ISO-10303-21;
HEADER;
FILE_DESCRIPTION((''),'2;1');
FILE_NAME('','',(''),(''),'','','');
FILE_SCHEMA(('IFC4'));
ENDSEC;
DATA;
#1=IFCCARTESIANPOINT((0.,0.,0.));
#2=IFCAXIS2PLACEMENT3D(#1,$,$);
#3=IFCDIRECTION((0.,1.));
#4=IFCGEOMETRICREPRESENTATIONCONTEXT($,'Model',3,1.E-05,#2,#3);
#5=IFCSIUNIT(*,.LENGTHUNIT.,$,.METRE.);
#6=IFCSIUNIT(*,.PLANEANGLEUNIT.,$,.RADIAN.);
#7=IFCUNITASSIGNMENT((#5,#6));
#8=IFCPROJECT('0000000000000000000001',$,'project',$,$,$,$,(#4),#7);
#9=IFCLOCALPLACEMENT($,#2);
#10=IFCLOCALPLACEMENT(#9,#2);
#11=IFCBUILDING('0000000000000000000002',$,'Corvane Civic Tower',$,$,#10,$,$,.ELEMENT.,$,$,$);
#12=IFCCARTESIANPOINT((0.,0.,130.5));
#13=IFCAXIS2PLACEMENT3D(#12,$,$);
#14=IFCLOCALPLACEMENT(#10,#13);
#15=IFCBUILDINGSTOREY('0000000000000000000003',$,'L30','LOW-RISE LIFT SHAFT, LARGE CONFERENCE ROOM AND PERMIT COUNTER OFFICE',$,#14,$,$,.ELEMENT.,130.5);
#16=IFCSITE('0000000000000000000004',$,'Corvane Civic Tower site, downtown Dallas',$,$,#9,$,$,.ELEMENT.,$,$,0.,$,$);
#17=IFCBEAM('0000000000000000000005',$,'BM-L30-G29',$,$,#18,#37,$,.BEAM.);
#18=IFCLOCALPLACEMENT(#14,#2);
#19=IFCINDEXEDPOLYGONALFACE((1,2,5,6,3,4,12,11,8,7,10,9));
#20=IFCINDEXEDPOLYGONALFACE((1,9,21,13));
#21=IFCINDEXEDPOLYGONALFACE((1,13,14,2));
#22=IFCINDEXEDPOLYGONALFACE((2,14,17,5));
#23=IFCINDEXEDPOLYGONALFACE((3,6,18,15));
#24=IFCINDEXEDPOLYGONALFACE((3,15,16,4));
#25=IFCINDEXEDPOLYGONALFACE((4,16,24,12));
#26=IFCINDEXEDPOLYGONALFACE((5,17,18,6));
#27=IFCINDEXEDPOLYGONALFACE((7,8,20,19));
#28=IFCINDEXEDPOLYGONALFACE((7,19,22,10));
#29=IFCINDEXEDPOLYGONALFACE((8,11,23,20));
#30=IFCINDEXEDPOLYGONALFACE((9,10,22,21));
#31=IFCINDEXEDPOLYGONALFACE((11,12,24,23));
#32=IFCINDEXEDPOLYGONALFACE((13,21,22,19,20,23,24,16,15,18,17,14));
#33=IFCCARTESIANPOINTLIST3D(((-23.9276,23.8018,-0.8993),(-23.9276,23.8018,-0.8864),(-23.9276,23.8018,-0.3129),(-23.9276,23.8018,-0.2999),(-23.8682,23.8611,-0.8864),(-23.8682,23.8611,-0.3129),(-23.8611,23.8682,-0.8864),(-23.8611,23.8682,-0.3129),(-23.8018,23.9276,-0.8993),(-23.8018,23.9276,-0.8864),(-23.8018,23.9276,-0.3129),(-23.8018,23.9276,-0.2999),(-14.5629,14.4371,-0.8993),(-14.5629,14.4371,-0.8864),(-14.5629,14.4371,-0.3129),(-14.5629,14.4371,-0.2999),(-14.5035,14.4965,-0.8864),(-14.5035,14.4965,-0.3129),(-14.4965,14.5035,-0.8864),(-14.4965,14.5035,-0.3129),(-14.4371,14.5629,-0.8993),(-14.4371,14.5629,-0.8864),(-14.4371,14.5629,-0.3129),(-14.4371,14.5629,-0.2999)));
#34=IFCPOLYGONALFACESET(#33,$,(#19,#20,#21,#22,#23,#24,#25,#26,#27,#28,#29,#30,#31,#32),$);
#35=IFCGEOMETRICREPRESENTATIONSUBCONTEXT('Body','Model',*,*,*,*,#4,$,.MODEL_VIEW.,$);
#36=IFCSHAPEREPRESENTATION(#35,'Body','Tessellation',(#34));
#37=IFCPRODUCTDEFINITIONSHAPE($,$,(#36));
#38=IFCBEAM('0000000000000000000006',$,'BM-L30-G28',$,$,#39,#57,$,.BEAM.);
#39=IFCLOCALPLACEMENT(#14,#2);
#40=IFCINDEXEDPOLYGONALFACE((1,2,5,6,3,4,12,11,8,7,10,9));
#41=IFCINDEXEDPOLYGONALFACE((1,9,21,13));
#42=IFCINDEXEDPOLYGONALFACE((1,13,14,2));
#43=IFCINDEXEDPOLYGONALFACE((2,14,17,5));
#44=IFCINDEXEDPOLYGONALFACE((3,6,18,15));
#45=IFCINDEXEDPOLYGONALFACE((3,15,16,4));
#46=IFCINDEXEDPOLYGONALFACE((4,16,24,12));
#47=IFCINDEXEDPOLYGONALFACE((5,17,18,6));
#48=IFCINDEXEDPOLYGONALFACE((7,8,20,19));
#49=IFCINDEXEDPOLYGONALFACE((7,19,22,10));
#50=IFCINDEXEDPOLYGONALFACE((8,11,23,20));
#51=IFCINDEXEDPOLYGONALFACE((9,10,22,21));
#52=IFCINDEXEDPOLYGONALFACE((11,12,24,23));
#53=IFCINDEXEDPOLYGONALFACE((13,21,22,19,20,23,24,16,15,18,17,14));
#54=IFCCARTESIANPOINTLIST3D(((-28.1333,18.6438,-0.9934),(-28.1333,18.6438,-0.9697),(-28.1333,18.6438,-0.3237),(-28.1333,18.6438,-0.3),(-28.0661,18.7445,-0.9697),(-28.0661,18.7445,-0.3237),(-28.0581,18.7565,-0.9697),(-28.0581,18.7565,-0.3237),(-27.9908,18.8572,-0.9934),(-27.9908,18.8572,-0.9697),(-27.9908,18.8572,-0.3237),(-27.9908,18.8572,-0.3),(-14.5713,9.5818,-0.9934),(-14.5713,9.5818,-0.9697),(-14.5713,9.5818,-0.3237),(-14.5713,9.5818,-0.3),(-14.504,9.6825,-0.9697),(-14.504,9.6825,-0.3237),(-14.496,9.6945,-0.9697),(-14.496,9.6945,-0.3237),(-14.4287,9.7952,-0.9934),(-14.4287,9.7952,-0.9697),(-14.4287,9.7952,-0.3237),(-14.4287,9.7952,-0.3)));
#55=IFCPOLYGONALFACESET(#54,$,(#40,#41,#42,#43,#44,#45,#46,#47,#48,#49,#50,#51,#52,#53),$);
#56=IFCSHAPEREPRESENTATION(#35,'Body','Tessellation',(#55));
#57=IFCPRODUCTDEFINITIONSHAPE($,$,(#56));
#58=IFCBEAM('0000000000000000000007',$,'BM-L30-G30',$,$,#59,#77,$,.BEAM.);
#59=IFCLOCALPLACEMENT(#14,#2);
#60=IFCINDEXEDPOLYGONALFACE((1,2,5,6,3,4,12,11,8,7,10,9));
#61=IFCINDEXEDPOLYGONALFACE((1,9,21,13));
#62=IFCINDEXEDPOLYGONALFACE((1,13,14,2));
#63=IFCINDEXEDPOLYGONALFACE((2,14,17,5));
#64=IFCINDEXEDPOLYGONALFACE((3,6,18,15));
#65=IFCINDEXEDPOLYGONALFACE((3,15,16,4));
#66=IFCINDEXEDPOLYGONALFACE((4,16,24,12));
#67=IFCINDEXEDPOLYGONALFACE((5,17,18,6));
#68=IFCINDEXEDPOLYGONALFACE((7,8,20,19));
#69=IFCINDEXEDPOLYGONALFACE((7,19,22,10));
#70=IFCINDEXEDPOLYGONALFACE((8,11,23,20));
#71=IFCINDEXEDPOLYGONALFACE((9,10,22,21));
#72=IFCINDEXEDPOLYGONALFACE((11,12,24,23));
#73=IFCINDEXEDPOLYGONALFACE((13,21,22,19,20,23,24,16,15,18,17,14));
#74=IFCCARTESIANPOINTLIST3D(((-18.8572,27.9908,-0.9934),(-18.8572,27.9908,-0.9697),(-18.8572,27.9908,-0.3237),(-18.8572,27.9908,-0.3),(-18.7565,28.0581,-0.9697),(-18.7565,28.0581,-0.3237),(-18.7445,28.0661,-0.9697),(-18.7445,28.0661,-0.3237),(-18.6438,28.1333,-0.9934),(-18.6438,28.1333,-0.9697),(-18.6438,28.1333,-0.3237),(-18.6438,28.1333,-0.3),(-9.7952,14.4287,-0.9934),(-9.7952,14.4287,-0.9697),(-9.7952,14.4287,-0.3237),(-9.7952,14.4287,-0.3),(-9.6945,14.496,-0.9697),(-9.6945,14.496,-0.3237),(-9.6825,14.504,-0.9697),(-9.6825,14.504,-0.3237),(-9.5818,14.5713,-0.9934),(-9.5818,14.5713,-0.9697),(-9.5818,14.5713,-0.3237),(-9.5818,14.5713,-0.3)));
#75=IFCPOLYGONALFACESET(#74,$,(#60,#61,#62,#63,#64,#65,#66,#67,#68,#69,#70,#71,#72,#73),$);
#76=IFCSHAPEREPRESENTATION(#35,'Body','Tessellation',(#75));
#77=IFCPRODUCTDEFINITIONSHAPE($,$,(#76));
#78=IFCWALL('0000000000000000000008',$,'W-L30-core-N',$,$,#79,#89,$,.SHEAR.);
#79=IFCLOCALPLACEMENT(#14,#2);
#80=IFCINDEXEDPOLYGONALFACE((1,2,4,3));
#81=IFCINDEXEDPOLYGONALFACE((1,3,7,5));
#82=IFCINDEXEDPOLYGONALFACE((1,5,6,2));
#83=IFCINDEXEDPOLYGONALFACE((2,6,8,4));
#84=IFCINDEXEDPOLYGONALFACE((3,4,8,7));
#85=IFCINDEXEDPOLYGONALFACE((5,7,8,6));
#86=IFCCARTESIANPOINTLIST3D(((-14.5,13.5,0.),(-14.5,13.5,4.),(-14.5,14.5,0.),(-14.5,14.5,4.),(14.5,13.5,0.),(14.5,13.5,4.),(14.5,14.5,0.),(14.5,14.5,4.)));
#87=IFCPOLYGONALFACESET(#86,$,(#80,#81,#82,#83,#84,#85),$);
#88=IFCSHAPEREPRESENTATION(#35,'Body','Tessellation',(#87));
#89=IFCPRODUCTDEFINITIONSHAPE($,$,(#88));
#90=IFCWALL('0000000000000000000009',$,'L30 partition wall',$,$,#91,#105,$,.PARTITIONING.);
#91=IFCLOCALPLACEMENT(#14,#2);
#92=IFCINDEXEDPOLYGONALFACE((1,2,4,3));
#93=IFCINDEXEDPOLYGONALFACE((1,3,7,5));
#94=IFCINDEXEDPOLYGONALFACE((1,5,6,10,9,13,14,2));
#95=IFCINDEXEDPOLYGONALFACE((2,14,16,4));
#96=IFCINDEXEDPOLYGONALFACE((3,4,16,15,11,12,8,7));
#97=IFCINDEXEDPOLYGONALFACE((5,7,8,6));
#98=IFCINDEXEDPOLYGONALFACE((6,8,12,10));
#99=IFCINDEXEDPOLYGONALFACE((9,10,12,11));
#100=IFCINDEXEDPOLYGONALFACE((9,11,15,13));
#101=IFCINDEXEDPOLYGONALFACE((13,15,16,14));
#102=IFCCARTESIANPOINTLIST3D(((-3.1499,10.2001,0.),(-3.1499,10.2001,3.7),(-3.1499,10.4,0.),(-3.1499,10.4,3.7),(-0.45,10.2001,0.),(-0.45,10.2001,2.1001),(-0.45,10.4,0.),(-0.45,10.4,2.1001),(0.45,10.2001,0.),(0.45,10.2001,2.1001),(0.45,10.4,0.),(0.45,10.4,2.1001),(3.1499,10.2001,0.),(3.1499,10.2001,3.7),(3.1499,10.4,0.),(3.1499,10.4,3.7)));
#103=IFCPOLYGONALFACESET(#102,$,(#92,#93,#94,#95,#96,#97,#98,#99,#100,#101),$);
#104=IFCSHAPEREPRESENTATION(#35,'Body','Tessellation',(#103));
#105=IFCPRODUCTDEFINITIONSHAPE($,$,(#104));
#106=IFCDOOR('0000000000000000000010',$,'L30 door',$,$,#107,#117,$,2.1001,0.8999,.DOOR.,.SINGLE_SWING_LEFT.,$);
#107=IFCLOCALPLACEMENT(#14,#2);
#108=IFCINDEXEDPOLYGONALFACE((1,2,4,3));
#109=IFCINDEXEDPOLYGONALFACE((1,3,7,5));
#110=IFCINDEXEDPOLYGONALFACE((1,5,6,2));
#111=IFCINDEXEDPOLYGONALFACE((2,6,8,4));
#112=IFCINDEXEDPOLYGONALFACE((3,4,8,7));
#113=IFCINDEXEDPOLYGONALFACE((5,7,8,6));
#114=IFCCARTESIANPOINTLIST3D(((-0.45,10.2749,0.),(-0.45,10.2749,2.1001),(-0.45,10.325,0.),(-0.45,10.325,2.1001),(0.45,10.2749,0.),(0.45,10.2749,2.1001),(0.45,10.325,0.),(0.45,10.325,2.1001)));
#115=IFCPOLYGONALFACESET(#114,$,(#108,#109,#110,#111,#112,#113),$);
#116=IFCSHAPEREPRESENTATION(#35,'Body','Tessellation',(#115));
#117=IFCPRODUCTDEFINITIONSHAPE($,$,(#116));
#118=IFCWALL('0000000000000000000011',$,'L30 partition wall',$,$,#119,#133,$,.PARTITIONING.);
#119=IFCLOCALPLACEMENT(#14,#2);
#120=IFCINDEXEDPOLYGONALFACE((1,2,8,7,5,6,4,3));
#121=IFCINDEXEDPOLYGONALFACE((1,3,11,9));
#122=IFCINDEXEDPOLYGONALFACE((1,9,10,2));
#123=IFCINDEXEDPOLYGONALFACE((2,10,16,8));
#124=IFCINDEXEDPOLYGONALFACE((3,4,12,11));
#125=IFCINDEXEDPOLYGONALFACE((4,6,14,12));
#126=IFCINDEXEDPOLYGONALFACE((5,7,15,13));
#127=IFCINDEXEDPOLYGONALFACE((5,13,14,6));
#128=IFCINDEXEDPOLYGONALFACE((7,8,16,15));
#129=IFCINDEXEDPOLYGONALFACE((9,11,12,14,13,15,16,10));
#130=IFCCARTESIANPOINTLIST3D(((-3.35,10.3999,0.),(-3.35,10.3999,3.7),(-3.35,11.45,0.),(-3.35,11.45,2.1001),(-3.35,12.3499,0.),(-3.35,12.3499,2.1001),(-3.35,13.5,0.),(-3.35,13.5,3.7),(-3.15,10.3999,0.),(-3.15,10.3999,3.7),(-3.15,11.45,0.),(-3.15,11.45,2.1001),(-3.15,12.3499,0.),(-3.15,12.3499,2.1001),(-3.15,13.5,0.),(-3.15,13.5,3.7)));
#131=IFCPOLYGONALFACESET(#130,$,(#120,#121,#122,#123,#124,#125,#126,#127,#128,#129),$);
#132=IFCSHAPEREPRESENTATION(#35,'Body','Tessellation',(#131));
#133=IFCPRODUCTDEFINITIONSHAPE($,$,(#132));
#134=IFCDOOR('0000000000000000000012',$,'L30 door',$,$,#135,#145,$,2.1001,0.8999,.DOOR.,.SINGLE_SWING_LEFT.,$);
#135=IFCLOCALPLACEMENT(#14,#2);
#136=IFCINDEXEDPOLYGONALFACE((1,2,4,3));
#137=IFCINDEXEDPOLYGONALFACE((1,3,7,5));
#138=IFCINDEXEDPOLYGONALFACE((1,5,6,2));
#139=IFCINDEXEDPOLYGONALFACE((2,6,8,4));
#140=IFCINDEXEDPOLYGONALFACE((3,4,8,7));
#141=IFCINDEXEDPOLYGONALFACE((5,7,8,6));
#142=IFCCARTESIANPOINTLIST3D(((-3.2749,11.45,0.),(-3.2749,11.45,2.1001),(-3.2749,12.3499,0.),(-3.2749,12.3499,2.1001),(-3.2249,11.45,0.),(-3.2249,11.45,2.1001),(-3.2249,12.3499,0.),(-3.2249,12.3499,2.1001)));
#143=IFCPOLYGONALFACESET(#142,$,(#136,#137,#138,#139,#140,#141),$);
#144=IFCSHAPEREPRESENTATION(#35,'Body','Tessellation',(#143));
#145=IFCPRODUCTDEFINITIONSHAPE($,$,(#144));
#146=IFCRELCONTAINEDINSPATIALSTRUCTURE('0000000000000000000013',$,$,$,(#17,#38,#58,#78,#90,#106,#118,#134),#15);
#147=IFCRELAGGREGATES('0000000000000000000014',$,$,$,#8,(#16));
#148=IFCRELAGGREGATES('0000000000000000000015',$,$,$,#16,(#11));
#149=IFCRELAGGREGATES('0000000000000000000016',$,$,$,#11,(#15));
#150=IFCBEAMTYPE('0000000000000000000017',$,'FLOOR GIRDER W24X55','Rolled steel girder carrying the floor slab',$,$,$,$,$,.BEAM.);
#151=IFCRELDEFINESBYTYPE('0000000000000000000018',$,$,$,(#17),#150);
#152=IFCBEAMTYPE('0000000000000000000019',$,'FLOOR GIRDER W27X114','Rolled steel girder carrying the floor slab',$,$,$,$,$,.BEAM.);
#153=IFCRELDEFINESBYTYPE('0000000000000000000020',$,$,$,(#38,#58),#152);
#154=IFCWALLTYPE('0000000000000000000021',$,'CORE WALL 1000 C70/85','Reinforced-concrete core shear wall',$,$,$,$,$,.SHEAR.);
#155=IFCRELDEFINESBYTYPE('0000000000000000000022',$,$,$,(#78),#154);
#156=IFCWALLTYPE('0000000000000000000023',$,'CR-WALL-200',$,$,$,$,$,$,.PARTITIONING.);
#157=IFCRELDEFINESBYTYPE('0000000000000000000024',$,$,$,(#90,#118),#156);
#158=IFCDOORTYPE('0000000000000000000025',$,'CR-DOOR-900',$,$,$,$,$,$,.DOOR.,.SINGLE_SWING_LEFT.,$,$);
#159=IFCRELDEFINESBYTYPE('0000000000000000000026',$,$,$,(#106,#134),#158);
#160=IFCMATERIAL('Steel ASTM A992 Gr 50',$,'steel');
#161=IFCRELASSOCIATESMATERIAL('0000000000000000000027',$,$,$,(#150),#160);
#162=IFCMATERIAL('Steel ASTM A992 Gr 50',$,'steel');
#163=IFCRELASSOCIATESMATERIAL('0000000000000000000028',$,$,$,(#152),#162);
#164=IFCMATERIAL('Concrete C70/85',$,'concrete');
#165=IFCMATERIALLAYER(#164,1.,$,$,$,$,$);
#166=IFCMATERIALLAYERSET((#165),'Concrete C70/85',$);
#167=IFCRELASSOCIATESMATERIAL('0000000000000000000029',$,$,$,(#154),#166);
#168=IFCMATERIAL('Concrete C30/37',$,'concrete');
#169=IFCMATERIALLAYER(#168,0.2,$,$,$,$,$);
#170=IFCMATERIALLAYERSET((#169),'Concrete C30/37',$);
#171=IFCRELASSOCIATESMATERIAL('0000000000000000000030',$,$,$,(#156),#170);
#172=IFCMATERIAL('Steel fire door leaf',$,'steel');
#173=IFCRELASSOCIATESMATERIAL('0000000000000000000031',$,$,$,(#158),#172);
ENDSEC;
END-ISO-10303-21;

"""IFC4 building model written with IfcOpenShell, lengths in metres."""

from ifc_helpers import new_model, si_unit, direction, frame, frame_2d, origin, origin_2d, place, context, subcontext, project, spatial, rectangle, i_section, extrude, material, layer, layer_set, material_profile, profile_set, type_object, element, fill, save


model = new_model("IFC4")

# Units and contexts
model_context = context("Model", 3, precision=1e-05, world=origin(), true_north=direction((0.0, 1.0)))
body_context = subcontext(model_context, "Body", "Model", "MODEL_VIEW")
ifc_project = project(units=[si_unit("LENGTHUNIT", "METRE"), si_unit("PLANEANGLEUNIT", "RADIAN")], contexts=[model_context])

# Site, building, storey
site_placement = place(None, origin())
site = spatial("IfcSite", under=ifc_project, at=site_placement, Name="Corvane Civic Tower site, downtown Dallas", CompositionType="ELEMENT", RefElevation=0.0)
building_placement = place(site_placement, origin())
building = spatial("IfcBuilding", under=site, at=building_placement, Name="Corvane Civic Tower", CompositionType="ELEMENT")
storey_placement = place(building_placement, frame((0.0, 0.0, 130.5)))
storey = spatial("IfcBuildingStorey", under=building, at=storey_placement, Name="L30", Description="LOW-RISE LIFT SHAFT, LARGE CONFERENCE ROOM AND PERMIT COUNTER OFFICE", CompositionType="ELEMENT", Elevation=130.5)

# Beams
ifc_material_1 = material(Name="Steel ASTM A992 Gr 50", Category="steel")
ifc_material_profile_1 = material_profile(ifc_material_1, i_section(OverallWidth=0.178, OverallDepth=0.5994, WebThickness=0.01, FlangeThickness=0.0129, at=origin_2d()), Name="W24X55")
ifc_profile_set_1 = profile_set([ifc_material_profile_1], Name="Steel ASTM A992 Gr 50")
beam_type_1 = type_object("IfcBeamType", Name="FLOOR GIRDER W24X55", Description="Rolled steel girder carrying the floor slab", PredefinedType="BEAM", material=ifc_profile_set_1)
beam_placement = place(storey_placement, frame((-14.5, 14.5, -0.5996), z_axis=(-0.707107, 0.707107, 0.0), x_axis=(-0.707107, -0.707107, 0.0)))
element("IfcBeam", 1, at=beam_placement, inside=storey, type_object=beam_type_1, Name="BM-L30-G29", PredefinedType="BEAM", context=body_context, shape_type="SweptSolid", body=[
    extrude(i_section(OverallWidth=0.178, OverallDepth=0.5994, WebThickness=0.01, FlangeThickness=0.0129, at=origin_2d()), origin(), (0.0, 0.0, 1.0), 13.2437),
])
ifc_material_2 = material(Name="Steel ASTM A992 Gr 50", Category="steel")
ifc_material_profile_2 = material_profile(ifc_material_2, i_section(OverallWidth=0.2566, OverallDepth=0.6934, WebThickness=0.0144, FlangeThickness=0.0237, at=origin_2d()), Name="W27X114")
ifc_profile_set_2 = profile_set([ifc_material_profile_2], Name="Steel ASTM A992 Gr 50")
beam_type_2 = type_object("IfcBeamType", Name="FLOOR GIRDER W27X114", Description="Rolled steel girder carrying the floor slab", PredefinedType="BEAM", material=ifc_profile_set_2)
for number, where, z_axis, x_axis, name in (
    (2, (-14.5, 9.6885, -0.6467), (-0.831465, 0.555577, 0.0), (-0.555577, -0.831465, 0.0), "BM-L30-G28"),
    (3, (-9.6885, 14.5, -0.6467), (-0.555577, 0.831465, 0.0), (-0.831465, -0.555577, 0.0), "BM-L30-G30"),
):
    element("IfcBeam", number, at=place(storey_placement, frame(where, z_axis=z_axis, x_axis=x_axis)), inside=storey, type_object=beam_type_2, Name=name, PredefinedType="BEAM", context=body_context, shape_type="SweptSolid", body=[
        extrude(i_section(OverallWidth=0.2566, OverallDepth=0.6934, WebThickness=0.0144, FlangeThickness=0.0237, at=origin_2d()), origin(), (0.0, 0.0, 1.0), 16.311),
    ])

# Wall
ifc_material_3 = material(Name="Concrete C70/85", Category="concrete")
ifc_layer_1 = layer(ifc_material_3, 1.0)
ifc_layer_set_1 = layer_set([ifc_layer_1], Name="Concrete C70/85")
wall_type_1 = type_object("IfcWallType", Name="CORE WALL 1000 C70/85", Description="Reinforced-concrete core shear wall", PredefinedType="SHEAR", material=ifc_layer_set_1)
wall_1_placement = place(storey_placement, frame((-14.5, 14.0, 0.0), z_axis=(0.0, 0.0, 1.0), x_axis=(1.0, 0.0, 0.0)))
element("IfcWall", 4, at=wall_1_placement, inside=storey, type_object=wall_type_1, Name="W-L30-core-N", PredefinedType="SHEAR", context=body_context, shape_type="SweptSolid", body=[
    extrude(rectangle(XDim=29.0, YDim=1.0, at=frame_2d((14.5, 0.0))), origin(), (0.0, 0.0, 1.0), 4.0),
])

# Walls, openings, doors
ifc_material_4 = material(Name="Concrete C30/37", Category="concrete")
ifc_layer_2 = layer(ifc_material_4, 0.2)
ifc_layer_set_2 = layer_set([ifc_layer_2], Name="Concrete C30/37")
wall_type_2 = type_object("IfcWallType", Name="CR-WALL-200", PredefinedType="PARTITIONING", material=ifc_layer_set_2)
wall_2_placement = place(storey_placement, frame((-3.1499, 10.3, 0.0), z_axis=(0.0, 0.0, 1.0), x_axis=(1.0, 0.0, 0.0)))
wall_2 = element("IfcWall", 5, at=wall_2_placement, inside=storey, type_object=wall_type_2, Name="L30 partition wall", PredefinedType="PARTITIONING", context=body_context, shape_type="SweptSolid", body=[
    extrude(rectangle(XDim=6.2998, YDim=0.2, at=frame_2d((3.1499, 0.0))), origin(), (0.0, 0.0, 1.0), 3.7),
])
opening_1_placement = place(wall_2_placement, frame((2.7, 0.0, 0.0)))
opening_1 = element("IfcOpeningElement", 6, at=opening_1_placement, cuts=wall_2, PredefinedType="OPENING", context=body_context, shape_type="SweptSolid", body=[
    extrude(rectangle(XDim=0.8999, YDim=2.1001, at=frame_2d((0.45, 1.05))), frame((0.0, 0.1099, 0.0), z_axis=(0.0, -1.0, 0.0), x_axis=(1.0, 0.0, 0.0)), (0.0, 0.0, 1.0), 0.22),
])
ifc_material_5 = material(Name="Steel fire door leaf", Category="steel")
door_type = type_object("IfcDoorType", Name="CR-DOOR-900", OperationType="SINGLE_SWING_LEFT", PredefinedType="DOOR", material=ifc_material_5)
door_1_placement = place(opening_1_placement, origin())
door_1 = element("IfcDoor", 7, at=door_1_placement, inside=storey, type_object=door_type, Name="L30 door", OperationType="SINGLE_SWING_LEFT", OverallHeight=2.1001, OverallWidth=0.8999, PredefinedType="DOOR", context=body_context, shape_type="SweptSolid", body=[
    extrude(rectangle(XDim=0.8999, YDim=2.1001, at=frame_2d((0.45, 1.05))), frame((0.0, 0.0249, 0.0), z_axis=(0.0, -1.0, 0.0), x_axis=(1.0, 0.0, 0.0)), (0.0, 0.0, 1.0), 0.05),
])
fill(opening_1, door_1)
wall_3_placement = place(storey_placement, frame((-3.25, 10.3999, 0.0), z_axis=(0.0, 0.0, 1.0), x_axis=(0.0, 1.0, 0.0)))
wall_3 = element("IfcWall", 8, at=wall_3_placement, inside=storey, type_object=wall_type_2, Name="L30 partition wall", PredefinedType="PARTITIONING", context=body_context, shape_type="SweptSolid", body=[
    extrude(rectangle(XDim=3.1001, YDim=0.2, at=frame_2d((1.55, 0.0))), origin(), (0.0, 0.0, 1.0), 3.7),
])
opening_2_placement = place(wall_3_placement, frame((1.05, 0.0, 0.0)))
opening_2 = element("IfcOpeningElement", 9, at=opening_2_placement, cuts=wall_3, PredefinedType="OPENING", context=body_context, shape_type="SweptSolid", body=[
    extrude(rectangle(XDim=0.8999, YDim=2.1001, at=frame_2d((0.45, 1.05))), frame((0.0, 0.1099, 0.0), z_axis=(0.0, -1.0, 0.0), x_axis=(1.0, 0.0, 0.0)), (0.0, 0.0, 1.0), 0.22),
])
door_2_placement = place(opening_2_placement, origin())
door_2 = element("IfcDoor", 10, at=door_2_placement, inside=storey, type_object=door_type, Name="L30 door", OperationType="SINGLE_SWING_LEFT", OverallHeight=2.1001, OverallWidth=0.8999, PredefinedType="DOOR", context=body_context, shape_type="SweptSolid", body=[
    extrude(rectangle(XDim=0.8999, YDim=2.1001, at=frame_2d((0.45, 1.05))), frame((0.0, 0.0249, 0.0), z_axis=(0.0, -1.0, 0.0), x_axis=(1.0, 0.0, 0.0)), (0.0, 0.0, 1.0), 0.05),
])
fill(opening_2, door_2)

save(model, "model.ifc")
